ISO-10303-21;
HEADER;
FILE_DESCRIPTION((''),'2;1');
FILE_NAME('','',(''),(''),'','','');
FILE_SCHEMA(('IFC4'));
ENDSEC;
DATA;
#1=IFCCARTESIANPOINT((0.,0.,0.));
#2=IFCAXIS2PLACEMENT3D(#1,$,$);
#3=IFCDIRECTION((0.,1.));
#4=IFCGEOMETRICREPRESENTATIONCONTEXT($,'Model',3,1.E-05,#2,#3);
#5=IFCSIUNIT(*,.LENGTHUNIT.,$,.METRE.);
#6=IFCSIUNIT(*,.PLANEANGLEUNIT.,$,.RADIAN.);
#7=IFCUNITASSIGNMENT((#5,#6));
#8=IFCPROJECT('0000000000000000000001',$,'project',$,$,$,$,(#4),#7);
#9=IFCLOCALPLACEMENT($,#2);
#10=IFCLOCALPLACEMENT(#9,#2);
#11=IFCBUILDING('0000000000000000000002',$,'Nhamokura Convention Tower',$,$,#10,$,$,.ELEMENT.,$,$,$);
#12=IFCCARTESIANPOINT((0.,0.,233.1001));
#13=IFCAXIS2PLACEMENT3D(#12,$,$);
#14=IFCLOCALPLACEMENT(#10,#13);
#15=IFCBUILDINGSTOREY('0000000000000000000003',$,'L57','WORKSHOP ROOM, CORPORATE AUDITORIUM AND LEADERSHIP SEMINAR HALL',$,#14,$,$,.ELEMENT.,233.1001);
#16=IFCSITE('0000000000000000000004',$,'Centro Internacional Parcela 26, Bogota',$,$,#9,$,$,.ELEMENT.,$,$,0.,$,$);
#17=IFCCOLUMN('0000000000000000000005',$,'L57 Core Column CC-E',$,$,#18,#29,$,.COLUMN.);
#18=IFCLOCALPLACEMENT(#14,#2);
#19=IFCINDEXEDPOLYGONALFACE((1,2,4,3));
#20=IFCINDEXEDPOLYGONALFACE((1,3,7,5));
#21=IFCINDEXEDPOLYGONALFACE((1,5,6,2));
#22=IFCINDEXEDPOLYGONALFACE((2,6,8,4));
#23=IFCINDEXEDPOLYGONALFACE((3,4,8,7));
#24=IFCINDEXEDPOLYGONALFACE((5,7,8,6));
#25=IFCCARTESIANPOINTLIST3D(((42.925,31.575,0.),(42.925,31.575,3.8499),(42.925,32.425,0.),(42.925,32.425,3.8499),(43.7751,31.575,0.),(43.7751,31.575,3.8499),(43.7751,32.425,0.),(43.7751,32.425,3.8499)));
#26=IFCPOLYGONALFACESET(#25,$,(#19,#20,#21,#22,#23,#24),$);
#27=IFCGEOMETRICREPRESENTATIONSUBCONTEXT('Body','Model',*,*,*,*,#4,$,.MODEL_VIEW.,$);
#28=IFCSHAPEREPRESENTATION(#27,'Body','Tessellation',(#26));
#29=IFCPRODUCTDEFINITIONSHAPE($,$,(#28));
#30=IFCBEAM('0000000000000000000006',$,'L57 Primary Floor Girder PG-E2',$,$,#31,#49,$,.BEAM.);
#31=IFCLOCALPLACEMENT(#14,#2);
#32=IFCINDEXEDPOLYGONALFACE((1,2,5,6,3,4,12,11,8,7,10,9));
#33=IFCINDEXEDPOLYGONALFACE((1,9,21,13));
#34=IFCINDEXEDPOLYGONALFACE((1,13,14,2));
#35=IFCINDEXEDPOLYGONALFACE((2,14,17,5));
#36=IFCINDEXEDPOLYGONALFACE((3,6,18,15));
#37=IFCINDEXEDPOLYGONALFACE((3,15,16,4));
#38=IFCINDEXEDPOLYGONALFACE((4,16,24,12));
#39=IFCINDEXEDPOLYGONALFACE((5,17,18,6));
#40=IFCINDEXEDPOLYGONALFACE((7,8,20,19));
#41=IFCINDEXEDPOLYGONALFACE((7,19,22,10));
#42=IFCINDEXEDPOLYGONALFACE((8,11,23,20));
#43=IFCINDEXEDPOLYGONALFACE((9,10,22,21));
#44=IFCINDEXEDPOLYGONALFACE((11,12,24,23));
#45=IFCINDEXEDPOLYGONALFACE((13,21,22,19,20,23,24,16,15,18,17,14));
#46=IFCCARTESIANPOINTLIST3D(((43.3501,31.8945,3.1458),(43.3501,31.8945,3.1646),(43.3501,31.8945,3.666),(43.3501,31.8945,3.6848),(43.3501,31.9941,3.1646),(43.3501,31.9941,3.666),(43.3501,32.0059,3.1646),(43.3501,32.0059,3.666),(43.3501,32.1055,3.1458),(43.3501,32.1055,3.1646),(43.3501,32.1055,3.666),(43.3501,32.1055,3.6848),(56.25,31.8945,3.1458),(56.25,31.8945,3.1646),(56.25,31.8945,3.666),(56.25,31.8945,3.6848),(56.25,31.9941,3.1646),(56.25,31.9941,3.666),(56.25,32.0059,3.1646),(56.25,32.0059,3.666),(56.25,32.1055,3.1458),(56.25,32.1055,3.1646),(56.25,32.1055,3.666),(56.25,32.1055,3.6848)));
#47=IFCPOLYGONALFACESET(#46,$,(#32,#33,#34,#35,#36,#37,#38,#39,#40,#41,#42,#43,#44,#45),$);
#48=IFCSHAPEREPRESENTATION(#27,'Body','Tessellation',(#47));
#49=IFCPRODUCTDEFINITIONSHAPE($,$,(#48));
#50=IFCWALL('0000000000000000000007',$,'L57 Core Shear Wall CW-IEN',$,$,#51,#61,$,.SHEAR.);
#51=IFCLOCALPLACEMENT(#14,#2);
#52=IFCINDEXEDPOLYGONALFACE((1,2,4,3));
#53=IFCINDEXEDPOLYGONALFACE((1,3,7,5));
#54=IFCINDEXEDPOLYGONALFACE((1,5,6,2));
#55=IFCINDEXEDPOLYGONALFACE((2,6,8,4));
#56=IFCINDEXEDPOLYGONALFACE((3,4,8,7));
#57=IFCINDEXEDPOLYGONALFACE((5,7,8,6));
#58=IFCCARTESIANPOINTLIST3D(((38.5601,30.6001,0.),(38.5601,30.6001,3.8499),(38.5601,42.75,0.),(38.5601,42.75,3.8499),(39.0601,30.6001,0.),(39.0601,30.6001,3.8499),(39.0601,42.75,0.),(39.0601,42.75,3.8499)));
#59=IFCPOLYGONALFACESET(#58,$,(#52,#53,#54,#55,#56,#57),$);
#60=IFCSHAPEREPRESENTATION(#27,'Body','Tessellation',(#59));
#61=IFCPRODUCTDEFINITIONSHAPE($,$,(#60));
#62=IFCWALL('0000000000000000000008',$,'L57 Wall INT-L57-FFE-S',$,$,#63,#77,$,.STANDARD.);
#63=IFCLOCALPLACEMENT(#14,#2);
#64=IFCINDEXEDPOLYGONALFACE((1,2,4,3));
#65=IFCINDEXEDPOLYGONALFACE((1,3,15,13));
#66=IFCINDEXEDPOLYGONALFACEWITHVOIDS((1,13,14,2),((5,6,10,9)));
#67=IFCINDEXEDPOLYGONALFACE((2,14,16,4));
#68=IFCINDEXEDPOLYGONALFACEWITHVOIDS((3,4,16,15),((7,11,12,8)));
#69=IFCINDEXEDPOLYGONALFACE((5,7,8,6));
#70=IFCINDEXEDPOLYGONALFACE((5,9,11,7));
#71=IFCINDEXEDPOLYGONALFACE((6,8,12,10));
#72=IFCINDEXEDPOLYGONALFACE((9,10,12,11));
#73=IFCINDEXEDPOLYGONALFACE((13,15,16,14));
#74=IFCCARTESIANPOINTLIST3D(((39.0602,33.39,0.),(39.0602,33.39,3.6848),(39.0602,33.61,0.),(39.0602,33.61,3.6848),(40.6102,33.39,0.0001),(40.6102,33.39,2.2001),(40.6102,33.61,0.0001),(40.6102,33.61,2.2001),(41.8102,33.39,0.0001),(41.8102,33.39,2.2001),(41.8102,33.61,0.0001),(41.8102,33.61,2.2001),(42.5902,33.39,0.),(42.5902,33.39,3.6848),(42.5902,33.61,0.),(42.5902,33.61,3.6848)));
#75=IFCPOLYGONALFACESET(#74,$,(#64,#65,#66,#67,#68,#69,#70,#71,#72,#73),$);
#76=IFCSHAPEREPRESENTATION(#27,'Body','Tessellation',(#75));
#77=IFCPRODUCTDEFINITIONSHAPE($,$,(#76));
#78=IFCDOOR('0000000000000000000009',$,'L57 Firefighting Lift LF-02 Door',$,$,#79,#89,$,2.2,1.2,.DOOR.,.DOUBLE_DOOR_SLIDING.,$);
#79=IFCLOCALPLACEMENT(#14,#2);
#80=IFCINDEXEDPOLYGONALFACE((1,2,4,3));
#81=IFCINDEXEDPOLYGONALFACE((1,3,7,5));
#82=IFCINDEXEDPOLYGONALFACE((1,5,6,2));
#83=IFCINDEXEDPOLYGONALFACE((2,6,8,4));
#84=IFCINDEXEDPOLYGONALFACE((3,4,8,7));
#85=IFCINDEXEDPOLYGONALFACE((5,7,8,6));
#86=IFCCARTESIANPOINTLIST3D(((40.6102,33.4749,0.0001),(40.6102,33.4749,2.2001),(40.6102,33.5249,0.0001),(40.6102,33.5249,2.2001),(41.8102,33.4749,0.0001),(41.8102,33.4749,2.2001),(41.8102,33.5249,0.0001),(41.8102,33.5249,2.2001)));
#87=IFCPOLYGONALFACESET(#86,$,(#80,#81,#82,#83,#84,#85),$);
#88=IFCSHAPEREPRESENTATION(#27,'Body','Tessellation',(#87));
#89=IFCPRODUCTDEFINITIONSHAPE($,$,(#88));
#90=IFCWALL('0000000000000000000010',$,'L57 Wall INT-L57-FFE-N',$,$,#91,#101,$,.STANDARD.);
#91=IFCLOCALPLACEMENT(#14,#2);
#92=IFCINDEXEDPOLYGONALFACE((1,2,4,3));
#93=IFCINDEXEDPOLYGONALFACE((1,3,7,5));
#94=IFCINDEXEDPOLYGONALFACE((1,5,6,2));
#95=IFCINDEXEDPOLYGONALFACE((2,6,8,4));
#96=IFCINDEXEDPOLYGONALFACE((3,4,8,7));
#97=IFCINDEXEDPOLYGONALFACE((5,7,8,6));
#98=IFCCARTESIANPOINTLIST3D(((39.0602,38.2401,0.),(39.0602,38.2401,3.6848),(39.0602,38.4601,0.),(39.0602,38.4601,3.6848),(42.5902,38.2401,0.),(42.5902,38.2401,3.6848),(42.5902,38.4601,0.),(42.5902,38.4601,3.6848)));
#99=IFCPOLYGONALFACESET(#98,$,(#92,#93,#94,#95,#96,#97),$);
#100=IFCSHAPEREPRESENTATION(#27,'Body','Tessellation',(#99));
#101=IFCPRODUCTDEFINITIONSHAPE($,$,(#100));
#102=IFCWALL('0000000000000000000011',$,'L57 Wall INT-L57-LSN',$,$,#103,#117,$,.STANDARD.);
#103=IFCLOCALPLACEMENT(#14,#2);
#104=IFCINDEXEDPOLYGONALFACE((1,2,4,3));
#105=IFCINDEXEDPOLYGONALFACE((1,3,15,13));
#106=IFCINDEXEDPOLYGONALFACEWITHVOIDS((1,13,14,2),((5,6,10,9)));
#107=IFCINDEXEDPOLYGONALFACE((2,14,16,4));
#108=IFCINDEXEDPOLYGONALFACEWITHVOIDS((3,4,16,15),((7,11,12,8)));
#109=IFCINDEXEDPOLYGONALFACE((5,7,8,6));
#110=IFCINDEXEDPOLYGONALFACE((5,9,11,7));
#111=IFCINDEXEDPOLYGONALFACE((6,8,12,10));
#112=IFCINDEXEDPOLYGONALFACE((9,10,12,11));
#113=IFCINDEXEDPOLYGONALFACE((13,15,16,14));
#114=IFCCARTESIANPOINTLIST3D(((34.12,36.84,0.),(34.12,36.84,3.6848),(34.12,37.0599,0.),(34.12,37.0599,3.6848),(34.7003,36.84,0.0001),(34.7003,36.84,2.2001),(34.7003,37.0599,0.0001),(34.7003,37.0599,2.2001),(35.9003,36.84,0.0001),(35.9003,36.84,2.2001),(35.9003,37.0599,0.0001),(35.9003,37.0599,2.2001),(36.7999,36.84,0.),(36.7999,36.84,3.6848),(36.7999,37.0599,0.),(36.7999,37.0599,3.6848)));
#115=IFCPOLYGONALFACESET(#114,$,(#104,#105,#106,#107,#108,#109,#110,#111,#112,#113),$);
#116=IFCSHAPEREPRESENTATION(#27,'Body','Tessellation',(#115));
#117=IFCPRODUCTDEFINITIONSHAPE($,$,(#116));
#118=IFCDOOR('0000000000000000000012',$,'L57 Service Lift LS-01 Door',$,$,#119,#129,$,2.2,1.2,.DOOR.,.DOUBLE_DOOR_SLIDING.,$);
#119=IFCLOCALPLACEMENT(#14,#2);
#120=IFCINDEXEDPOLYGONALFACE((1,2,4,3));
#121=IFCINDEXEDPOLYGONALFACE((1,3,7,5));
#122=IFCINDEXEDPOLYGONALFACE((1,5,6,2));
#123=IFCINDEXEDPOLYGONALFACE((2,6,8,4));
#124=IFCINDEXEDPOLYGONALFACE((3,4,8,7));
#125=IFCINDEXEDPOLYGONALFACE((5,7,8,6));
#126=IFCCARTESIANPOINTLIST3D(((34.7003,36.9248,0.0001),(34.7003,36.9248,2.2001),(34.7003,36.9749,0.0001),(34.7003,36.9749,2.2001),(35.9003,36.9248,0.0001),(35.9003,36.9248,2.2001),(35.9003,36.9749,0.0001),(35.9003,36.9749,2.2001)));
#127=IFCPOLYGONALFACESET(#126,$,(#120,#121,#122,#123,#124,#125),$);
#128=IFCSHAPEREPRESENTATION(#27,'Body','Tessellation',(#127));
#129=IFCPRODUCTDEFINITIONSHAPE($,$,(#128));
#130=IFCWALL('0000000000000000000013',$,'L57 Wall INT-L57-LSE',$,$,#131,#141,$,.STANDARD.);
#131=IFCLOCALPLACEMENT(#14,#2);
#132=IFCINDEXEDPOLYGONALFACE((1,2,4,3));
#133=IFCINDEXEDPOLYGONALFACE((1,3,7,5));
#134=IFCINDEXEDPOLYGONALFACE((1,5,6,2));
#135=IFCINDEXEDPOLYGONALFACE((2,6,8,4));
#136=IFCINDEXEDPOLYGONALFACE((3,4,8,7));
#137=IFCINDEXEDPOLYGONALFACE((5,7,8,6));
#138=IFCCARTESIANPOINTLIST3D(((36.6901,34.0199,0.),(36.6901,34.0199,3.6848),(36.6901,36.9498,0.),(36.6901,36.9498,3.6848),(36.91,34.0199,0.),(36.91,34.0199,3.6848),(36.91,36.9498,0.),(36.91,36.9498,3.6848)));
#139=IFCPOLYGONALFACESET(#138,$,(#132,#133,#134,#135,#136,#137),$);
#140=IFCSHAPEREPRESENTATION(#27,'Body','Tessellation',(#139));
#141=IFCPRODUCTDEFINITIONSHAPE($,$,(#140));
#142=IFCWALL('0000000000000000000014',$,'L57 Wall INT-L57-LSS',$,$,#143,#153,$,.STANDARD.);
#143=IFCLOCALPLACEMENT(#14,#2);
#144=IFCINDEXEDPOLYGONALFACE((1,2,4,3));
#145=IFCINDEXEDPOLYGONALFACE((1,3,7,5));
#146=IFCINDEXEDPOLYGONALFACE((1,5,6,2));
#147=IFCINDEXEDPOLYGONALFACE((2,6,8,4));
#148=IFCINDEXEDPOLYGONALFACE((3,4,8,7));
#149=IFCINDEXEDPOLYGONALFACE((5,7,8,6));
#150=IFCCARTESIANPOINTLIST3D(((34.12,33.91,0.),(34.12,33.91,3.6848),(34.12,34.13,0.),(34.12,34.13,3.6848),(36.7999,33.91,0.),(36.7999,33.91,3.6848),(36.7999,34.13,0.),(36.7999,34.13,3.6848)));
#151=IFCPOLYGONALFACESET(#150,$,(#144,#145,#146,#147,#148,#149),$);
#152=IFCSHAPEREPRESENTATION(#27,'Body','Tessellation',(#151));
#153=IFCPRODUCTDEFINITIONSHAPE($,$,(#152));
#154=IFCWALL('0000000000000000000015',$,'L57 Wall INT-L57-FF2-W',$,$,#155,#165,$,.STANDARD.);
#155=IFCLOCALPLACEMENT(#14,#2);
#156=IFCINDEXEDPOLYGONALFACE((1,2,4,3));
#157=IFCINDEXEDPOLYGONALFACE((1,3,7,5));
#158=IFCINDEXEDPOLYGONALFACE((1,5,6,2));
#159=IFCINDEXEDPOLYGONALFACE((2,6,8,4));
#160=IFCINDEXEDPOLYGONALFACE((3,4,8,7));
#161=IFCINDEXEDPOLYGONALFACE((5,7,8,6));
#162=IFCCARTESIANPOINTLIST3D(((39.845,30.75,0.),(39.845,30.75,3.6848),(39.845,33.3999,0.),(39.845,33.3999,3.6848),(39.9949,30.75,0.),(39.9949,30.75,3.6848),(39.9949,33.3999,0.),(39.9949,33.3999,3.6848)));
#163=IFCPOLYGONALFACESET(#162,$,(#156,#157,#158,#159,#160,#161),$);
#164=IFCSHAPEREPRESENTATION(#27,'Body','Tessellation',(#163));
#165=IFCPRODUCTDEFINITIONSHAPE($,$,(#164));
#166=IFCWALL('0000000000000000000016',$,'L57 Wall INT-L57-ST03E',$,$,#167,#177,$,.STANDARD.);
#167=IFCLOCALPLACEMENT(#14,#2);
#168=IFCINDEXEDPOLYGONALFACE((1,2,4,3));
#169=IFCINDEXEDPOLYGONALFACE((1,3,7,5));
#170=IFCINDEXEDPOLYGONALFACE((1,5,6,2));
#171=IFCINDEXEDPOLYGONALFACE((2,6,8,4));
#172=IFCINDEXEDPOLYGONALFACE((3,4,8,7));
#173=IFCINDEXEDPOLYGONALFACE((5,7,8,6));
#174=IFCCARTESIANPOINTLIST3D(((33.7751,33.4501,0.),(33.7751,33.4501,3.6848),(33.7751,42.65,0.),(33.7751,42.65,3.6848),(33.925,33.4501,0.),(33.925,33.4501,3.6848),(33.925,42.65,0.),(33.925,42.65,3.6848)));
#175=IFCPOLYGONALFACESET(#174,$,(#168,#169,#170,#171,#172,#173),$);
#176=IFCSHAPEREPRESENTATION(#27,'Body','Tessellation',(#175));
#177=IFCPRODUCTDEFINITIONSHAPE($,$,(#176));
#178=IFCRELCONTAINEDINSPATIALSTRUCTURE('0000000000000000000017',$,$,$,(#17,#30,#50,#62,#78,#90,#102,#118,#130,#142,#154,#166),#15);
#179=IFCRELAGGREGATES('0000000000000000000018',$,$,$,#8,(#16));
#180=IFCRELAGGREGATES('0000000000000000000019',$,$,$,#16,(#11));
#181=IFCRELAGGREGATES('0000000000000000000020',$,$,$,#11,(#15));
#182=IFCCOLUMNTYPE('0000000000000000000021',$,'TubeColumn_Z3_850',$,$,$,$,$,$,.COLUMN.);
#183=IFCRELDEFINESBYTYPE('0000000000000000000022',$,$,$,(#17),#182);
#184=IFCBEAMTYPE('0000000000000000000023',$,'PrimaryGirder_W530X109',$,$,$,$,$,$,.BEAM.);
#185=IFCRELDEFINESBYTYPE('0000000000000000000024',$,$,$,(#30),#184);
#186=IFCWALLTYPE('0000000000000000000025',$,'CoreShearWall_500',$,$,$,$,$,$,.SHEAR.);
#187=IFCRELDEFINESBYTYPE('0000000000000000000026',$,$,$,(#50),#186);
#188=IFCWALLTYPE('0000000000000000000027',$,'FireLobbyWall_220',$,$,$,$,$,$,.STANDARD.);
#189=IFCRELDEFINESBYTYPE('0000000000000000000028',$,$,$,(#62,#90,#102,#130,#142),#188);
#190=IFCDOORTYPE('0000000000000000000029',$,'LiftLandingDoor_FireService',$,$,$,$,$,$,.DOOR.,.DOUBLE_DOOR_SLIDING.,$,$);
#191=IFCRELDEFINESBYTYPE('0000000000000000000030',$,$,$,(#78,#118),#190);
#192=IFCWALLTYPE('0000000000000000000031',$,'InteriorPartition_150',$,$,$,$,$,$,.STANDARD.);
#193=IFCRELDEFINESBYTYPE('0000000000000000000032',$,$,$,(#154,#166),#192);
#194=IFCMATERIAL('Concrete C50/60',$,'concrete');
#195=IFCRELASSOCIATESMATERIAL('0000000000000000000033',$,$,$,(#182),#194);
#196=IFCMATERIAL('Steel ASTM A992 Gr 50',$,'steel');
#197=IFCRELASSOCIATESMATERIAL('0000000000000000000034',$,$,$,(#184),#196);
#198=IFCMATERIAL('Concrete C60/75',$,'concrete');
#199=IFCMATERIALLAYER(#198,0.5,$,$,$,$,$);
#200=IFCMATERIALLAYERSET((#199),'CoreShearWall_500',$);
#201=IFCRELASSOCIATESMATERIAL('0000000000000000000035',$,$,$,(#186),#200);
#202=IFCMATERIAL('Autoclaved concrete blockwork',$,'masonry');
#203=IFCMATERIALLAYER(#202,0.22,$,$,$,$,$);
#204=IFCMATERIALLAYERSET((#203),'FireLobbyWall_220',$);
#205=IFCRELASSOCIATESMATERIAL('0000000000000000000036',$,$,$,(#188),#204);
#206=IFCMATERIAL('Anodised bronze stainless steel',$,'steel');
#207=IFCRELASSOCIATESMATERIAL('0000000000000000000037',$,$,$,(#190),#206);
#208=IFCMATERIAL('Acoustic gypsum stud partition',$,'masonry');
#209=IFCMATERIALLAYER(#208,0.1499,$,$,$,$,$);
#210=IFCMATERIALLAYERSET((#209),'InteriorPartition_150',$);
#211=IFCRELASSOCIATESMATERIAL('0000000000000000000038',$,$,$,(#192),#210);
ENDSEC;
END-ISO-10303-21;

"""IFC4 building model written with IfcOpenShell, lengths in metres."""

from ifc_helpers import new_model, si_unit, direction, frame, frame_2d, origin, origin_2d, place, context, subcontext, project, spatial, rectangle, i_section, extrude, material, layer, layer_set, material_profile, profile_set, type_object, element, fill, save


model = new_model("IFC4")

# Units and contexts
model_context = context("Model", 3, precision=1e-05, world=origin(), true_north=direction((0.0, 1.0)))
body_context = subcontext(model_context, "Body", "Model", "MODEL_VIEW")
ifc_project = project(units=[si_unit("LENGTHUNIT", "METRE"), si_unit("PLANEANGLEUNIT", "RADIAN")], contexts=[model_context])

# Site, building, storey
site_placement = place(None, origin())
site = spatial("IfcSite", under=ifc_project, at=site_placement, Name="Centro Internacional Parcela 26, Bogota", CompositionType="ELEMENT", RefElevation=0.0)
building_placement = place(site_placement, origin())
building = spatial("IfcBuilding", under=site, at=building_placement, Name="Nhamokura Convention Tower", CompositionType="ELEMENT")
storey_placement = place(building_placement, frame((0.0, 0.0, 233.1001)))
storey = spatial("IfcBuildingStorey", under=building, at=storey_placement, Name="L57", Description="WORKSHOP ROOM, CORPORATE AUDITORIUM AND LEADERSHIP SEMINAR HALL", CompositionType="ELEMENT", Elevation=233.1001)

# Column
ifc_material_1 = material(Name="Concrete C50/60", Category="concrete")
ifc_material_profile_1 = material_profile(ifc_material_1, rectangle(XDim=0.8501, YDim=0.8501, at=origin_2d()))
ifc_profile_set_1 = profile_set([ifc_material_profile_1], Name="Concrete C50/60")
column_type = type_object("IfcColumnType", Name="TubeColumn_Z3_850", PredefinedType="COLUMN", material=ifc_profile_set_1)
column_placement = place(storey_placement, frame((43.3501, 32.0, 0.0), z_axis=(0.0, 0.0, 1.0), x_axis=(1.0, 0.0, 0.0)))
element("IfcColumn", 1, at=column_placement, inside=storey, type_object=column_type, Name="L57 Core Column CC-E", PredefinedType="COLUMN", context=body_context, shape_type="SweptSolid", body=[
    extrude(rectangle(XDim=0.8501, YDim=0.8501, at=origin_2d()), origin(), (0.0, 0.0, 1.0), 3.8499),
])

# Beam
ifc_material_2 = material(Name="Steel ASTM A992 Gr 50", Category="steel")
ifc_material_profile_2 = material_profile(ifc_material_2, i_section(OverallWidth=0.2109, OverallDepth=0.5391, WebThickness=0.0117, FlangeThickness=0.0188, at=origin_2d()))
ifc_profile_set_2 = profile_set([ifc_material_profile_2], Name="Steel ASTM A992 Gr 50")
beam_type = type_object("IfcBeamType", Name="PrimaryGirder_W530X109", PredefinedType="BEAM", material=ifc_profile_set_2)
beam_placement = place(storey_placement, frame((43.3501, 32.0, 3.4153), z_axis=(1.0, 0.0, 0.0), x_axis=(0.0, 1.0, 0.0)))
element("IfcBeam", 2, at=beam_placement, inside=storey, type_object=beam_type, Name="L57 Primary Floor Girder PG-E2", PredefinedType="BEAM", context=body_context, shape_type="SweptSolid", body=[
    extrude(i_section(OverallWidth=0.2109, OverallDepth=0.5391, WebThickness=0.0117, FlangeThickness=0.0188, at=origin_2d()), origin(), (0.0, 0.0, 1.0), 12.8999),
])

# Shared definitions
ifc_material_3 = material(Name="Concrete C60/75", Category="concrete")
ifc_layer_1 = layer(ifc_material_3, 0.5)
ifc_layer_set_1 = layer_set([ifc_layer_1], Name="CoreShearWall_500")
wall_type_1 = type_object("IfcWallType", Name="CoreShearWall_500", PredefinedType="SHEAR", material=ifc_layer_set_1)

# Wall
wall_1_placement = place(storey_placement, frame((38.8101, 30.6001, 0.0), z_axis=(0.0, 0.0, 1.0), x_axis=(0.0, 1.0, 0.0)))
element("IfcWall", 3, at=wall_1_placement, inside=storey, type_object=wall_type_1, Name="L57 Core Shear Wall CW-IEN", PredefinedType="SHEAR", context=body_context, shape_type="SweptSolid", body=[
    extrude(rectangle(XDim=12.1499, YDim=0.5, at=frame_2d((6.075, 0.0))), origin(), (0.0, 0.0, 1.0), 3.8499),
])

# Wall, opening, door
ifc_material_4 = material(Name="Autoclaved concrete blockwork", Category="masonry")
ifc_layer_2 = layer(ifc_material_4, 0.22)
ifc_layer_set_2 = layer_set([ifc_layer_2], Name="FireLobbyWall_220")
wall_type_2 = type_object("IfcWallType", Name="FireLobbyWall_220", PredefinedType="STANDARD", material=ifc_layer_set_2)
wall_2_placement = place(storey_placement, frame((39.0601, 33.5, 0.0), z_axis=(0.0, 0.0, 1.0), x_axis=(1.0, 0.0, 0.0)))
wall_2 = element("IfcWall", 4, at=wall_2_placement, inside=storey, type_object=wall_type_2, Name="L57 Wall INT-L57-FFE-S", PredefinedType="STANDARD", context=body_context, shape_type="SweptSolid", body=[
    extrude(rectangle(XDim=3.53, YDim=0.22, at=frame_2d((1.7651, 0.0))), origin(), (0.0, 0.0, 1.0), 3.6848),
])
opening_1_placement = place(wall_2_placement, frame((1.55, 0.0, 0.0)))
opening_1 = element("IfcOpeningElement", 5, at=opening_1_placement, cuts=wall_2, PredefinedType="OPENING", context=body_context, shape_type="SweptSolid", body=[
    extrude(rectangle(XDim=1.2, YDim=2.2, at=frame_2d((0.6001, 1.1001))), frame((0.0, 0.1199, 0.0), z_axis=(0.0, -1.0, 0.0), x_axis=(1.0, 0.0, 0.0)), (0.0, 0.0, 1.0), 0.24),
])
ifc_material_5 = material(Name="Anodised bronze stainless steel", Category="steel")
door_type_1 = type_object("IfcDoorType", Name="LiftLandingDoor_FireService", OperationType="DOUBLE_DOOR_SLIDING", PredefinedType="DOOR", material=ifc_material_5)
door_1_placement = place(opening_1_placement, origin())
door_1 = element("IfcDoor", 6, at=door_1_placement, inside=storey, type_object=door_type_1, Name="L57 Firefighting Lift LF-02 Door", OperationType="DOUBLE_DOOR_SLIDING", OverallHeight=2.2, OverallWidth=1.2, PredefinedType="DOOR", context=body_context, shape_type="SweptSolid", body=[
    extrude(rectangle(XDim=1.2, YDim=2.2, at=frame_2d((0.6001, 1.1001))), frame((0.0, 0.0249, 0.0), z_axis=(0.0, -1.0, 0.0), x_axis=(1.0, 0.0, 0.0)), (0.0, 0.0, 1.0), 0.05),
])
fill(opening_1, door_1)

# Wall
wall_3_placement = place(storey_placement, frame((39.0601, 38.3501, 0.0), z_axis=(0.0, 0.0, 1.0), x_axis=(1.0, 0.0, 0.0)))
element("IfcWall", 7, at=wall_3_placement, inside=storey, type_object=wall_type_2, Name="L57 Wall INT-L57-FFE-N", PredefinedType="STANDARD", context=body_context, shape_type="SweptSolid", body=[
    extrude(rectangle(XDim=3.53, YDim=0.22, at=frame_2d((1.7651, 0.0))), origin(), (0.0, 0.0, 1.0), 3.6848),
])

# Wall, opening, door
wall_4_placement = place(storey_placement, frame((34.1201, 36.95, 0.0), z_axis=(0.0, 0.0, 1.0), x_axis=(1.0, 0.0, 0.0)))
wall_4 = element("IfcWall", 8, at=wall_4_placement, inside=storey, type_object=wall_type_2, Name="L57 Wall INT-L57-LSN", PredefinedType="STANDARD", context=body_context, shape_type="SweptSolid", body=[
    extrude(rectangle(XDim=2.6799, YDim=0.22, at=frame_2d((1.3398, 0.0))), origin(), (0.0, 0.0, 1.0), 3.6848),
])
opening_2_placement = place(wall_4_placement, frame((0.5801, 0.0, 0.0)))
opening_2 = element("IfcOpeningElement", 9, at=opening_2_placement, cuts=wall_4, PredefinedType="OPENING", context=body_context, shape_type="SweptSolid", body=[
    extrude(rectangle(XDim=1.2, YDim=2.2, at=frame_2d((0.6001, 1.1001))), frame((0.0, 0.1199, 0.0), z_axis=(0.0, -1.0, 0.0), x_axis=(1.0, 0.0, 0.0)), (0.0, 0.0, 1.0), 0.24),
])
door_2_placement = place(opening_2_placement, origin())
door_2 = element("IfcDoor", 10, at=door_2_placement, inside=storey, type_object=door_type_1, Name="L57 Service Lift LS-01 Door", OperationType="DOUBLE_DOOR_SLIDING", OverallHeight=2.2, OverallWidth=1.2, PredefinedType="DOOR", context=body_context, shape_type="SweptSolid", body=[
    extrude(rectangle(XDim=1.2, YDim=2.2, at=frame_2d((0.6001, 1.1001))), frame((0.0, 0.0249, 0.0), z_axis=(0.0, -1.0, 0.0), x_axis=(1.0, 0.0, 0.0)), (0.0, 0.0, 1.0), 0.05),
])
fill(opening_2, door_2)

# Walls
wall_5_placement = place(storey_placement, frame((36.8, 34.02, 0.0), z_axis=(0.0, 0.0, 1.0), x_axis=(0.0, 1.0, 0.0)))
element("IfcWall", 11, at=wall_5_placement, inside=storey, type_object=wall_type_2, Name="L57 Wall INT-L57-LSE", PredefinedType="STANDARD", context=body_context, shape_type="SweptSolid", body=[
    extrude(rectangle(XDim=2.9299, YDim=0.22, at=frame_2d((1.4648, 0.0))), origin(), (0.0, 0.0, 1.0), 3.6848),
])
wall_6_placement = place(storey_placement, frame((34.1201, 34.02, 0.0), z_axis=(0.0, 0.0, 1.0), x_axis=(1.0, 0.0, 0.0)))
element("IfcWall", 12, at=wall_6_placement, inside=storey, type_object=wall_type_2, Name="L57 Wall INT-L57-LSS", PredefinedType="STANDARD", context=body_context, shape_type="SweptSolid", body=[
    extrude(rectangle(XDim=2.6799, YDim=0.22, at=frame_2d((1.3398, 0.0))), origin(), (0.0, 0.0, 1.0), 3.6848),
])
ifc_material_6 = material(Name="Acoustic gypsum stud partition", Category="masonry")
ifc_layer_3 = layer(ifc_material_6, 0.1499)
ifc_layer_set_3 = layer_set([ifc_layer_3], Name="InteriorPartition_150")
wall_type_3 = type_object("IfcWallType", Name="InteriorPartition_150", PredefinedType="STANDARD", material=ifc_layer_set_3)
wall_7_placement = place(storey_placement, frame((39.9199, 30.75, 0.0), z_axis=(0.0, 0.0, 1.0), x_axis=(0.0, 1.0, 0.0)))
element("IfcWall", 13, at=wall_7_placement, inside=storey, type_object=wall_type_3, Name="L57 Wall INT-L57-FF2-W", PredefinedType="STANDARD", context=body_context, shape_type="SweptSolid", body=[
    extrude(rectangle(XDim=2.6499, YDim=0.1499, at=frame_2d((1.325, 0.0))), origin(), (0.0, 0.0, 1.0), 3.6848),
])
wall_8_placement = place(storey_placement, frame((33.8501, 33.45, 0.0), z_axis=(0.0, 0.0, 1.0), x_axis=(0.0, 1.0, 0.0)))
element("IfcWall", 14, at=wall_8_placement, inside=storey, type_object=wall_type_3, Name="L57 Wall INT-L57-ST03E", PredefinedType="STANDARD", context=body_context, shape_type="SweptSolid", body=[
    extrude(rectangle(XDim=9.2, YDim=0.1499, at=frame_2d((4.6001, 0.0))), origin(), (0.0, 0.0, 1.0), 3.6848),
])

save(model, "model.ifc")
